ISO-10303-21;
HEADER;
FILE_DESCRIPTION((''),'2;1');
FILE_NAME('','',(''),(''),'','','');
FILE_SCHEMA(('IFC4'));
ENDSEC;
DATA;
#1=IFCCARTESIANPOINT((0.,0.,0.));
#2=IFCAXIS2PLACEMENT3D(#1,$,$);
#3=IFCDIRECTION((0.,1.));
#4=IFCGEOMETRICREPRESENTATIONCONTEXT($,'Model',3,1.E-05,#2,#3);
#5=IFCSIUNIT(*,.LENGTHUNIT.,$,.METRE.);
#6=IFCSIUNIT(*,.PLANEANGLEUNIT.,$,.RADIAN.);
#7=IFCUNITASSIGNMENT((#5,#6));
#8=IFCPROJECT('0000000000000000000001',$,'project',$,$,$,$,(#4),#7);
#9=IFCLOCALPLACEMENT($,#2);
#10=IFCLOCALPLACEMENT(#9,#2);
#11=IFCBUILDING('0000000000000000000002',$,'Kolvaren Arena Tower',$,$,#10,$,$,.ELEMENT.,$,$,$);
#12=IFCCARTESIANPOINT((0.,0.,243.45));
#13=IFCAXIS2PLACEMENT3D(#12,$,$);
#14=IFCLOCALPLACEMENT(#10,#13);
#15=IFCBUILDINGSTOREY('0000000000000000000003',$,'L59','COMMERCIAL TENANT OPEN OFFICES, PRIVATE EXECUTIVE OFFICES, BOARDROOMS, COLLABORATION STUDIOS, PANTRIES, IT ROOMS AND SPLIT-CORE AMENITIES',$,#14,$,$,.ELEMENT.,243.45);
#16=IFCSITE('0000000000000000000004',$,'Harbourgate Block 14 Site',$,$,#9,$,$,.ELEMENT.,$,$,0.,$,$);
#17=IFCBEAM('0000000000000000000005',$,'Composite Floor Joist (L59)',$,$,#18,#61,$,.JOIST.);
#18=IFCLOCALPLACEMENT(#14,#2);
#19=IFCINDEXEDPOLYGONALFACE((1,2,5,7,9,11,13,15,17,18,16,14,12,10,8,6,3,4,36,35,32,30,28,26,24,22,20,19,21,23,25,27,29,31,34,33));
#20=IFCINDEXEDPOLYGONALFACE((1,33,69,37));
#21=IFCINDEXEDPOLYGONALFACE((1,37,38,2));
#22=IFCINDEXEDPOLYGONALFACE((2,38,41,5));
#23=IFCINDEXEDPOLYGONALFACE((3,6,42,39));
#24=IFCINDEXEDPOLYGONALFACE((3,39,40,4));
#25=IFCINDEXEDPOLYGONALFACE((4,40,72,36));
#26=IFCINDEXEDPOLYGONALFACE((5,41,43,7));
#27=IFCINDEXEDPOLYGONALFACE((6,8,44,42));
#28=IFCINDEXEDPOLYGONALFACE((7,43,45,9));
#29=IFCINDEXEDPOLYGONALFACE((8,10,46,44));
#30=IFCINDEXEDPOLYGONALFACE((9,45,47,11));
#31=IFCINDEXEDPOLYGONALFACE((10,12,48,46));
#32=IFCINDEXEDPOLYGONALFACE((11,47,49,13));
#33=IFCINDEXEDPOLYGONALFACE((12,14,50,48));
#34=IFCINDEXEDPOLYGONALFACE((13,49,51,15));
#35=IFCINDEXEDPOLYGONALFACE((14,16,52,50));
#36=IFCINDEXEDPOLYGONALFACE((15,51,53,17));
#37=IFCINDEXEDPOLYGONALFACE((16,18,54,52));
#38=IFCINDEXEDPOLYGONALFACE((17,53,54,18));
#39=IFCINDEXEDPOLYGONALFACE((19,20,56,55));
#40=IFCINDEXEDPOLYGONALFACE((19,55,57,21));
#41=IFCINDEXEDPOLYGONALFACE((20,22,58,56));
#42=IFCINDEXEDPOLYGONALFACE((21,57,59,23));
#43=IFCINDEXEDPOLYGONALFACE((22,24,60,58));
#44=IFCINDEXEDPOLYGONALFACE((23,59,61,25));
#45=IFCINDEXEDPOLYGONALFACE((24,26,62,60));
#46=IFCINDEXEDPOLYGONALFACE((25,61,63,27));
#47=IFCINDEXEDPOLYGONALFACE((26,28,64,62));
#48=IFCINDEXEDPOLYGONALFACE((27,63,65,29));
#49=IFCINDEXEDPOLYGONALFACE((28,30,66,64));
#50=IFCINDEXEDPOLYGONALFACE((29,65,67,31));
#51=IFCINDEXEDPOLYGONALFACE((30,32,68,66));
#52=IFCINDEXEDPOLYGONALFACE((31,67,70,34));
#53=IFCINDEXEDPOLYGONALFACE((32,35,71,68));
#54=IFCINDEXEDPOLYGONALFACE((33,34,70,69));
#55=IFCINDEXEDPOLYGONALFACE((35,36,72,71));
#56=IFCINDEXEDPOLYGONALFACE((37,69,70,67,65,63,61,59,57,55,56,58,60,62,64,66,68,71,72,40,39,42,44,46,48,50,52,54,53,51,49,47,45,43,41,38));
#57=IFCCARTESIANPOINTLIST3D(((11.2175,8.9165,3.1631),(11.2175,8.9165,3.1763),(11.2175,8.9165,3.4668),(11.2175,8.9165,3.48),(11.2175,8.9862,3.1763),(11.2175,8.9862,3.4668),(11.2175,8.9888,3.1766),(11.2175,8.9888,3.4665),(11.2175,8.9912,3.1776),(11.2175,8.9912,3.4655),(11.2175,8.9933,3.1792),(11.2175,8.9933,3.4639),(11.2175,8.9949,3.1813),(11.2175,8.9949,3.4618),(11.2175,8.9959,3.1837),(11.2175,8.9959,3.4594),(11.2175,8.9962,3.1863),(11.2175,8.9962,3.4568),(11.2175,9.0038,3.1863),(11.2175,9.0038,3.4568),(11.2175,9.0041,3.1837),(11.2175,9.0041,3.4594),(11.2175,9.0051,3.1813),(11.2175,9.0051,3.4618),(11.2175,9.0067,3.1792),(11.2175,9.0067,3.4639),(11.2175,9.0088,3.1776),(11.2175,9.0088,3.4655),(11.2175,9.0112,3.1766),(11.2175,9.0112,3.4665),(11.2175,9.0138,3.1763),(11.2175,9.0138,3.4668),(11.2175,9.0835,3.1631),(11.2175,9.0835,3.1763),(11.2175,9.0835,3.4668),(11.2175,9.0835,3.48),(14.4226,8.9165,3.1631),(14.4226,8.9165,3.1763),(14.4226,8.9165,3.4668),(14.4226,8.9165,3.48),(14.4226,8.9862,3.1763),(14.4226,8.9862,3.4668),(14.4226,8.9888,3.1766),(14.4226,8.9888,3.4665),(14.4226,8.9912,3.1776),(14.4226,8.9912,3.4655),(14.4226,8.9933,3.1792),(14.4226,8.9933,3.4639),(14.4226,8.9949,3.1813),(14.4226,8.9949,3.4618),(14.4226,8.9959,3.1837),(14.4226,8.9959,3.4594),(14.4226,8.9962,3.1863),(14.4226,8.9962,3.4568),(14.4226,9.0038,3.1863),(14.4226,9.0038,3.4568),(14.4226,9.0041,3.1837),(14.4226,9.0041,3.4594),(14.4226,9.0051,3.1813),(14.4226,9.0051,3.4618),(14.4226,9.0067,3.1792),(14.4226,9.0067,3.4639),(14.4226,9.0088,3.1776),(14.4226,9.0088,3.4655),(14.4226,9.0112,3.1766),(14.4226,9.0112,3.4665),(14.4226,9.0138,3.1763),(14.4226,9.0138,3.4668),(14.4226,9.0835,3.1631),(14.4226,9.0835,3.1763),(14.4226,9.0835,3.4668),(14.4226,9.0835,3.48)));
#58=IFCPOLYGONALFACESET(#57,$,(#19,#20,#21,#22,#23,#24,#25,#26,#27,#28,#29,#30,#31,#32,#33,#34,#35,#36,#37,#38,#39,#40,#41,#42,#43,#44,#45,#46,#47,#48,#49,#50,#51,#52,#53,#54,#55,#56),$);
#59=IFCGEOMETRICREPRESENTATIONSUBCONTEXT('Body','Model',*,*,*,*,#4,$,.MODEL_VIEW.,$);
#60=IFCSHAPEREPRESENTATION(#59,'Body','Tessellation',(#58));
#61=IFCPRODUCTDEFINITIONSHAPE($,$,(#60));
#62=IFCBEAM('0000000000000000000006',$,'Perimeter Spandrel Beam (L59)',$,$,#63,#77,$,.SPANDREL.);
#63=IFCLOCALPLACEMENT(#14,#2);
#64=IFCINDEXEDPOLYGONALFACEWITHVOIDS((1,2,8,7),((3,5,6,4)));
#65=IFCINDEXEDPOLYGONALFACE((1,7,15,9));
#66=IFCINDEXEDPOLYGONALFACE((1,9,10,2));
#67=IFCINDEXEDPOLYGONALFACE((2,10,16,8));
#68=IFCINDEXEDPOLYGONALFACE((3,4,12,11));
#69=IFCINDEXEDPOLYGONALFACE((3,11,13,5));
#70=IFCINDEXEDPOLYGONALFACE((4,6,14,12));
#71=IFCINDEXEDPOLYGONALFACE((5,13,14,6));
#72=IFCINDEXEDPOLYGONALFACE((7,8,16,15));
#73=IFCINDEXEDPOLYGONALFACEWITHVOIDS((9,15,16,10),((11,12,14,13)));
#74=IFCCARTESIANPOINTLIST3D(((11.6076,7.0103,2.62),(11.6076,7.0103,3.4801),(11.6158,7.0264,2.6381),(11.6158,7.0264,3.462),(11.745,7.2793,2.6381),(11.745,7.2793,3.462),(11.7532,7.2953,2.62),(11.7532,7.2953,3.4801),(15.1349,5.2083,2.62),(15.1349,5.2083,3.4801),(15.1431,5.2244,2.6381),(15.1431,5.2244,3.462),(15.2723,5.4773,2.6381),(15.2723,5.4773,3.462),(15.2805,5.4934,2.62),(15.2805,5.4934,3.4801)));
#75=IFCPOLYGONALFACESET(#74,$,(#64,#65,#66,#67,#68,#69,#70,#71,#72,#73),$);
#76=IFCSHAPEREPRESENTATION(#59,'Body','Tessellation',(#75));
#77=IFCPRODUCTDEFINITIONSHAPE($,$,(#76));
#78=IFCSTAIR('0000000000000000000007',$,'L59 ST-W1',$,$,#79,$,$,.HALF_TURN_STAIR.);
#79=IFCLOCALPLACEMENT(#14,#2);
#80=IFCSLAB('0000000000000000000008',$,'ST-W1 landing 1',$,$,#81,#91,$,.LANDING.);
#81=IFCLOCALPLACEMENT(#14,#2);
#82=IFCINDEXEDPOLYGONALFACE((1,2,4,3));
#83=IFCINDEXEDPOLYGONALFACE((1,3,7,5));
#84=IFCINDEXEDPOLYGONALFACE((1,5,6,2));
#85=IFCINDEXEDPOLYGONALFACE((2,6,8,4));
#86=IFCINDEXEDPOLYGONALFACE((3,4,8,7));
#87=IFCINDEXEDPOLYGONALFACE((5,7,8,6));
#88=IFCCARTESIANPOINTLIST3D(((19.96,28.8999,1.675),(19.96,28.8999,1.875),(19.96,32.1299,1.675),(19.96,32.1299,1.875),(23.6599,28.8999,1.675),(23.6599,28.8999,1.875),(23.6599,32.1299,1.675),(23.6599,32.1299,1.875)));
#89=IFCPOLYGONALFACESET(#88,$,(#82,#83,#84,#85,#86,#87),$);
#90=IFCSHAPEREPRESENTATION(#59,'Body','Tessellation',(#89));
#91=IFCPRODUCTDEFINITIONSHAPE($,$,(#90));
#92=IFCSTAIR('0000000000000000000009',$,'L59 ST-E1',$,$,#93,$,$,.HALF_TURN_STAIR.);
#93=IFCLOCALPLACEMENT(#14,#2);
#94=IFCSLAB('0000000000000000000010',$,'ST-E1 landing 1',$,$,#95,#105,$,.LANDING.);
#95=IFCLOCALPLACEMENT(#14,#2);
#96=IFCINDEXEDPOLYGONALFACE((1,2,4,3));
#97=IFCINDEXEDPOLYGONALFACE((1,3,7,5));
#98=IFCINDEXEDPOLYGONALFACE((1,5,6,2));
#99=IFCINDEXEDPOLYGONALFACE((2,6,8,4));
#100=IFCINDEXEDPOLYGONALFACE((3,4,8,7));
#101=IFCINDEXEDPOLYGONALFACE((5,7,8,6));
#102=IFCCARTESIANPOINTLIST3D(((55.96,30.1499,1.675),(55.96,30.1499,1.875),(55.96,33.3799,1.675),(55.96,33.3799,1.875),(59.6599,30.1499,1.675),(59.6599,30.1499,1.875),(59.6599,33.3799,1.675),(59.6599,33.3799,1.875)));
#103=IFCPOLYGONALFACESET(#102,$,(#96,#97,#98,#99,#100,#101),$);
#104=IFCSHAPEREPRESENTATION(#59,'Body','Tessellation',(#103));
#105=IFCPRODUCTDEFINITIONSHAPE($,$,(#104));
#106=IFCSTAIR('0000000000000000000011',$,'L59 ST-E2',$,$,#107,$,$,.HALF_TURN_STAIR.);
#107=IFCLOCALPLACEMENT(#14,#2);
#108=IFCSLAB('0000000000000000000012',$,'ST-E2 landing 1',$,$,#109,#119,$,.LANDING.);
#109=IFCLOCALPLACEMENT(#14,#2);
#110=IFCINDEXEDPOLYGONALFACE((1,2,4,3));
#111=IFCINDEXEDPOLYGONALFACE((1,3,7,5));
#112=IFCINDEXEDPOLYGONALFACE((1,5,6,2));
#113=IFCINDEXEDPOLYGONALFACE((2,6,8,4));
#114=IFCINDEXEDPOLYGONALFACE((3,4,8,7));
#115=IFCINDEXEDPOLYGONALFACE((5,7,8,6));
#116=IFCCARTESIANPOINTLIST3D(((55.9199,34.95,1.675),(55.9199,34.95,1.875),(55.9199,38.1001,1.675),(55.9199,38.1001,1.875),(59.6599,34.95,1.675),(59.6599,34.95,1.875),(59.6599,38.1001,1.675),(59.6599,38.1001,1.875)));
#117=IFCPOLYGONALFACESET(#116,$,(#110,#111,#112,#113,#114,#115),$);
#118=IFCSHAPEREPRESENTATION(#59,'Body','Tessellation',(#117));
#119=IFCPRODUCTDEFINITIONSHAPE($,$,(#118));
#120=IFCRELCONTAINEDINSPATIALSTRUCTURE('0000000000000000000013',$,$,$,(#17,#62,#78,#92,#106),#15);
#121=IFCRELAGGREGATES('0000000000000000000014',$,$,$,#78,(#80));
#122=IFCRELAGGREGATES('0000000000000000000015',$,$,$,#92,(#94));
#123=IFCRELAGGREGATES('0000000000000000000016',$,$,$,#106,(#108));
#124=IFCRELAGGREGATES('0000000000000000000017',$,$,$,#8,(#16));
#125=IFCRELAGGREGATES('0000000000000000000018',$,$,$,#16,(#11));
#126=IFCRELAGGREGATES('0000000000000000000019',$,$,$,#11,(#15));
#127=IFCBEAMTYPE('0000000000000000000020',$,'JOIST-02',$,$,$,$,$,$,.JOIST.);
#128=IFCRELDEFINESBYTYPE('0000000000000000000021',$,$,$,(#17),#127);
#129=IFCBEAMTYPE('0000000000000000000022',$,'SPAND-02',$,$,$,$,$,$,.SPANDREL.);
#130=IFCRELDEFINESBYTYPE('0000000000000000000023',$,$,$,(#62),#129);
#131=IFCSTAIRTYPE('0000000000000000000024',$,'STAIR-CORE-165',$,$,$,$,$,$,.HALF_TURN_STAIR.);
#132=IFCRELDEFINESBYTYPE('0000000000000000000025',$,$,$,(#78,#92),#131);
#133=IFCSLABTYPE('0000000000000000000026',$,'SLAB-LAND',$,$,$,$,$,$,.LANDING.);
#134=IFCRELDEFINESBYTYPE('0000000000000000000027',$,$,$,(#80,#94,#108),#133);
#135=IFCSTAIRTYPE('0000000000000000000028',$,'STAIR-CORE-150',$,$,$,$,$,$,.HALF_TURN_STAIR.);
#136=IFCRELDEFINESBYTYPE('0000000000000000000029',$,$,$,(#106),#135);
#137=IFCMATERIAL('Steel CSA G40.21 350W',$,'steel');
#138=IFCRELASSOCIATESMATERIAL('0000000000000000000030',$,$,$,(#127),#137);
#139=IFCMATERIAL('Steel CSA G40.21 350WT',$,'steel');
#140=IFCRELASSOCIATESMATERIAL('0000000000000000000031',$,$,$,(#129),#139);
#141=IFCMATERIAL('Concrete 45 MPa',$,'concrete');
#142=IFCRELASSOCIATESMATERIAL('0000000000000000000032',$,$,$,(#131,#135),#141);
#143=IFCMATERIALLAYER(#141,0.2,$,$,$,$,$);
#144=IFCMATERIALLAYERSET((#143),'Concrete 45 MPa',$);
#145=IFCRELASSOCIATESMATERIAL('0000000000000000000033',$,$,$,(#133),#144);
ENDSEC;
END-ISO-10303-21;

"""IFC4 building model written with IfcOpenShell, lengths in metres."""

from ifc_helpers import new_model, si_unit, direction, frame, origin, origin_2d, place, context, subcontext, project, spatial, polyline, hollow_rectangle, i_section, outline, extrude, material, layer, layer_set, material_profile, profile_set, type_object, element, aggregate, save


model = new_model("IFC4")

# Units and contexts
model_context = context("Model", 3, precision=1e-05, world=origin(), true_north=direction((0.0, 1.0)))
body_context = subcontext(model_context, "Body", "Model", "MODEL_VIEW")
ifc_project = project(units=[si_unit("LENGTHUNIT", "METRE"), si_unit("PLANEANGLEUNIT", "RADIAN")], contexts=[model_context])

# Site, building, storey
site_placement = place(None, origin())
site = spatial("IfcSite", under=ifc_project, at=site_placement, Name="Harbourgate Block 14 Site", CompositionType="ELEMENT", RefElevation=0.0)
building_placement = place(site_placement, origin())
building = spatial("IfcBuilding", under=site, at=building_placement, Name="Kolvaren Arena Tower", CompositionType="ELEMENT")
storey_placement = place(building_placement, frame((0.0, 0.0, 243.45)))
storey = spatial("IfcBuildingStorey", under=building, at=storey_placement, Name="L59", Description="COMMERCIAL TENANT OPEN OFFICES, PRIVATE EXECUTIVE OFFICES, BOARDROOMS, COLLABORATION STUDIOS, PANTRIES, IT ROOMS AND SPLIT-CORE AMENITIES", CompositionType="ELEMENT", Elevation=243.45)

# Beams
ifc_material_1 = material(Name="Steel CSA G40.21 350W", Category="steel")
ifc_material_profile_1 = material_profile(ifc_material_1, i_section(OverallWidth=0.167, OverallDepth=0.3169, WebThickness=0.0076, FlangeThickness=0.0132, FilletRadius=0.01, at=origin_2d()), Name="W310x52")
ifc_profile_set_1 = profile_set([ifc_material_profile_1], Name="Steel CSA G40.21 350W")
beam_type_1 = type_object("IfcBeamType", Name="JOIST-02", PredefinedType="JOIST", material=ifc_profile_set_1)
beam_1_placement = place(storey_placement, frame((11.2175, 9.0, 3.3215), z_axis=(1.0, 0.0, 0.0), x_axis=(0.0, 1.0, 0.0)))
element("IfcBeam", 1, at=beam_1_placement, inside=storey, type_object=beam_type_1, Name="Composite Floor Joist (L59)", PredefinedType="JOIST", context=body_context, shape_type="SweptSolid", body=[
    extrude(i_section(OverallWidth=0.167, OverallDepth=0.3169, WebThickness=0.0076, FlangeThickness=0.0132, FilletRadius=0.01, at=origin_2d()), origin(), (0.0, 0.0, 1.0), 3.2051),
])
ifc_material_2 = material(Name="Steel CSA G40.21 350WT", Category="steel")
ifc_material_profile_2 = material_profile(ifc_material_2, hollow_rectangle(XDim=0.3201, YDim=0.8601, WallThickness=0.0181, at=origin_2d()), Name="HSS 860x320x18")
ifc_profile_set_2 = profile_set([ifc_material_profile_2], Name="Steel CSA G40.21 350WT")
beam_type_2 = type_object("IfcBeamType", Name="SPAND-02", PredefinedType="SPANDREL", material=ifc_profile_set_2)
beam_2_placement = place(storey_placement, frame((11.6804, 7.1528, 3.05), z_axis=(0.890523, -0.454938, 0.0), x_axis=(0.454938, 0.890523, 0.0)))
element("IfcBeam", 2, at=beam_2_placement, inside=storey, type_object=beam_type_2, Name="Perimeter Spandrel Beam (L59)", PredefinedType="SPANDREL", context=body_context, shape_type="SweptSolid", body=[
    extrude(hollow_rectangle(XDim=0.3201, YDim=0.8601, WallThickness=0.0181, at=origin_2d()), origin(), (0.0, 0.0, 1.0), 3.9609),
])

# Stairs, slabs
ifc_material_3 = material(Name="Concrete 45 MPa", Category="concrete")
stair_type_1 = type_object("IfcStairType", Name="STAIR-CORE-165", PredefinedType="HALF_TURN_STAIR", material=ifc_material_3)
stair_1_placement = place(storey_placement, origin())
stair_1 = element("IfcStair", 3, at=stair_1_placement, inside=storey, type_object=stair_type_1, Name="L59 ST-W1", PredefinedType="HALF_TURN_STAIR")
ifc_layer_1 = layer(ifc_material_3, 0.2)
ifc_layer_set_1 = layer_set([ifc_layer_1], Name="Concrete 45 MPa")
slab_type_1 = type_object("IfcSlabType", Name="SLAB-LAND", PredefinedType="LANDING", material=ifc_layer_set_1)
slab_1_placement = place(storey_placement, frame((0.0, 0.0, 1.675)))
slab_1 = element("IfcSlab", 4, at=slab_1_placement, type_object=slab_type_1, Name="ST-W1 landing 1", PredefinedType="LANDING", context=body_context, shape_type="SweptSolid", body=[
    extrude(outline(polyline([(19.96, 28.8999), (23.6599, 28.8999), (23.6599, 32.1299), (19.96, 32.1299), (19.96, 28.8999)])), origin(), (0.0, 0.0, 1.0), 0.2),
])
aggregate(stair_1, [slab_1])
stair_2_placement = place(storey_placement, origin())
stair_2 = element("IfcStair", 5, at=stair_2_placement, inside=storey, type_object=stair_type_1, Name="L59 ST-E1", PredefinedType="HALF_TURN_STAIR")
slab_2_placement = place(storey_placement, frame((0.0, 0.0, 1.675)))
slab_2 = element("IfcSlab", 6, at=slab_2_placement, type_object=slab_type_1, Name="ST-E1 landing 1", PredefinedType="LANDING", context=body_context, shape_type="SweptSolid", body=[
    extrude(outline(polyline([(55.96, 30.1499), (59.6599, 30.1499), (59.6599, 33.3799), (55.96, 33.3799), (55.96, 30.1499)])), origin(), (0.0, 0.0, 1.0), 0.2),
])
aggregate(stair_2, [slab_2])
stair_type_2 = type_object("IfcStairType", Name="STAIR-CORE-150", PredefinedType="HALF_TURN_STAIR", material=ifc_material_3)
stair_3_placement = place(storey_placement, origin())
stair_3 = element("IfcStair", 7, at=stair_3_placement, inside=storey, type_object=stair_type_2, Name="L59 ST-E2", PredefinedType="HALF_TURN_STAIR")
slab_3_placement = place(storey_placement, frame((0.0, 0.0, 1.675)))
slab_3 = element("IfcSlab", 8, at=slab_3_placement, type_object=slab_type_1, Name="ST-E2 landing 1", PredefinedType="LANDING", context=body_context, shape_type="SweptSolid", body=[
    extrude(outline(polyline([(55.9199, 34.95), (59.6599, 34.95), (59.6599, 38.1001), (55.9199, 38.1001), (55.9199, 34.95)])), origin(), (0.0, 0.0, 1.0), 0.2),
])
aggregate(stair_3, [slab_3])

save(model, "model.ifc")
